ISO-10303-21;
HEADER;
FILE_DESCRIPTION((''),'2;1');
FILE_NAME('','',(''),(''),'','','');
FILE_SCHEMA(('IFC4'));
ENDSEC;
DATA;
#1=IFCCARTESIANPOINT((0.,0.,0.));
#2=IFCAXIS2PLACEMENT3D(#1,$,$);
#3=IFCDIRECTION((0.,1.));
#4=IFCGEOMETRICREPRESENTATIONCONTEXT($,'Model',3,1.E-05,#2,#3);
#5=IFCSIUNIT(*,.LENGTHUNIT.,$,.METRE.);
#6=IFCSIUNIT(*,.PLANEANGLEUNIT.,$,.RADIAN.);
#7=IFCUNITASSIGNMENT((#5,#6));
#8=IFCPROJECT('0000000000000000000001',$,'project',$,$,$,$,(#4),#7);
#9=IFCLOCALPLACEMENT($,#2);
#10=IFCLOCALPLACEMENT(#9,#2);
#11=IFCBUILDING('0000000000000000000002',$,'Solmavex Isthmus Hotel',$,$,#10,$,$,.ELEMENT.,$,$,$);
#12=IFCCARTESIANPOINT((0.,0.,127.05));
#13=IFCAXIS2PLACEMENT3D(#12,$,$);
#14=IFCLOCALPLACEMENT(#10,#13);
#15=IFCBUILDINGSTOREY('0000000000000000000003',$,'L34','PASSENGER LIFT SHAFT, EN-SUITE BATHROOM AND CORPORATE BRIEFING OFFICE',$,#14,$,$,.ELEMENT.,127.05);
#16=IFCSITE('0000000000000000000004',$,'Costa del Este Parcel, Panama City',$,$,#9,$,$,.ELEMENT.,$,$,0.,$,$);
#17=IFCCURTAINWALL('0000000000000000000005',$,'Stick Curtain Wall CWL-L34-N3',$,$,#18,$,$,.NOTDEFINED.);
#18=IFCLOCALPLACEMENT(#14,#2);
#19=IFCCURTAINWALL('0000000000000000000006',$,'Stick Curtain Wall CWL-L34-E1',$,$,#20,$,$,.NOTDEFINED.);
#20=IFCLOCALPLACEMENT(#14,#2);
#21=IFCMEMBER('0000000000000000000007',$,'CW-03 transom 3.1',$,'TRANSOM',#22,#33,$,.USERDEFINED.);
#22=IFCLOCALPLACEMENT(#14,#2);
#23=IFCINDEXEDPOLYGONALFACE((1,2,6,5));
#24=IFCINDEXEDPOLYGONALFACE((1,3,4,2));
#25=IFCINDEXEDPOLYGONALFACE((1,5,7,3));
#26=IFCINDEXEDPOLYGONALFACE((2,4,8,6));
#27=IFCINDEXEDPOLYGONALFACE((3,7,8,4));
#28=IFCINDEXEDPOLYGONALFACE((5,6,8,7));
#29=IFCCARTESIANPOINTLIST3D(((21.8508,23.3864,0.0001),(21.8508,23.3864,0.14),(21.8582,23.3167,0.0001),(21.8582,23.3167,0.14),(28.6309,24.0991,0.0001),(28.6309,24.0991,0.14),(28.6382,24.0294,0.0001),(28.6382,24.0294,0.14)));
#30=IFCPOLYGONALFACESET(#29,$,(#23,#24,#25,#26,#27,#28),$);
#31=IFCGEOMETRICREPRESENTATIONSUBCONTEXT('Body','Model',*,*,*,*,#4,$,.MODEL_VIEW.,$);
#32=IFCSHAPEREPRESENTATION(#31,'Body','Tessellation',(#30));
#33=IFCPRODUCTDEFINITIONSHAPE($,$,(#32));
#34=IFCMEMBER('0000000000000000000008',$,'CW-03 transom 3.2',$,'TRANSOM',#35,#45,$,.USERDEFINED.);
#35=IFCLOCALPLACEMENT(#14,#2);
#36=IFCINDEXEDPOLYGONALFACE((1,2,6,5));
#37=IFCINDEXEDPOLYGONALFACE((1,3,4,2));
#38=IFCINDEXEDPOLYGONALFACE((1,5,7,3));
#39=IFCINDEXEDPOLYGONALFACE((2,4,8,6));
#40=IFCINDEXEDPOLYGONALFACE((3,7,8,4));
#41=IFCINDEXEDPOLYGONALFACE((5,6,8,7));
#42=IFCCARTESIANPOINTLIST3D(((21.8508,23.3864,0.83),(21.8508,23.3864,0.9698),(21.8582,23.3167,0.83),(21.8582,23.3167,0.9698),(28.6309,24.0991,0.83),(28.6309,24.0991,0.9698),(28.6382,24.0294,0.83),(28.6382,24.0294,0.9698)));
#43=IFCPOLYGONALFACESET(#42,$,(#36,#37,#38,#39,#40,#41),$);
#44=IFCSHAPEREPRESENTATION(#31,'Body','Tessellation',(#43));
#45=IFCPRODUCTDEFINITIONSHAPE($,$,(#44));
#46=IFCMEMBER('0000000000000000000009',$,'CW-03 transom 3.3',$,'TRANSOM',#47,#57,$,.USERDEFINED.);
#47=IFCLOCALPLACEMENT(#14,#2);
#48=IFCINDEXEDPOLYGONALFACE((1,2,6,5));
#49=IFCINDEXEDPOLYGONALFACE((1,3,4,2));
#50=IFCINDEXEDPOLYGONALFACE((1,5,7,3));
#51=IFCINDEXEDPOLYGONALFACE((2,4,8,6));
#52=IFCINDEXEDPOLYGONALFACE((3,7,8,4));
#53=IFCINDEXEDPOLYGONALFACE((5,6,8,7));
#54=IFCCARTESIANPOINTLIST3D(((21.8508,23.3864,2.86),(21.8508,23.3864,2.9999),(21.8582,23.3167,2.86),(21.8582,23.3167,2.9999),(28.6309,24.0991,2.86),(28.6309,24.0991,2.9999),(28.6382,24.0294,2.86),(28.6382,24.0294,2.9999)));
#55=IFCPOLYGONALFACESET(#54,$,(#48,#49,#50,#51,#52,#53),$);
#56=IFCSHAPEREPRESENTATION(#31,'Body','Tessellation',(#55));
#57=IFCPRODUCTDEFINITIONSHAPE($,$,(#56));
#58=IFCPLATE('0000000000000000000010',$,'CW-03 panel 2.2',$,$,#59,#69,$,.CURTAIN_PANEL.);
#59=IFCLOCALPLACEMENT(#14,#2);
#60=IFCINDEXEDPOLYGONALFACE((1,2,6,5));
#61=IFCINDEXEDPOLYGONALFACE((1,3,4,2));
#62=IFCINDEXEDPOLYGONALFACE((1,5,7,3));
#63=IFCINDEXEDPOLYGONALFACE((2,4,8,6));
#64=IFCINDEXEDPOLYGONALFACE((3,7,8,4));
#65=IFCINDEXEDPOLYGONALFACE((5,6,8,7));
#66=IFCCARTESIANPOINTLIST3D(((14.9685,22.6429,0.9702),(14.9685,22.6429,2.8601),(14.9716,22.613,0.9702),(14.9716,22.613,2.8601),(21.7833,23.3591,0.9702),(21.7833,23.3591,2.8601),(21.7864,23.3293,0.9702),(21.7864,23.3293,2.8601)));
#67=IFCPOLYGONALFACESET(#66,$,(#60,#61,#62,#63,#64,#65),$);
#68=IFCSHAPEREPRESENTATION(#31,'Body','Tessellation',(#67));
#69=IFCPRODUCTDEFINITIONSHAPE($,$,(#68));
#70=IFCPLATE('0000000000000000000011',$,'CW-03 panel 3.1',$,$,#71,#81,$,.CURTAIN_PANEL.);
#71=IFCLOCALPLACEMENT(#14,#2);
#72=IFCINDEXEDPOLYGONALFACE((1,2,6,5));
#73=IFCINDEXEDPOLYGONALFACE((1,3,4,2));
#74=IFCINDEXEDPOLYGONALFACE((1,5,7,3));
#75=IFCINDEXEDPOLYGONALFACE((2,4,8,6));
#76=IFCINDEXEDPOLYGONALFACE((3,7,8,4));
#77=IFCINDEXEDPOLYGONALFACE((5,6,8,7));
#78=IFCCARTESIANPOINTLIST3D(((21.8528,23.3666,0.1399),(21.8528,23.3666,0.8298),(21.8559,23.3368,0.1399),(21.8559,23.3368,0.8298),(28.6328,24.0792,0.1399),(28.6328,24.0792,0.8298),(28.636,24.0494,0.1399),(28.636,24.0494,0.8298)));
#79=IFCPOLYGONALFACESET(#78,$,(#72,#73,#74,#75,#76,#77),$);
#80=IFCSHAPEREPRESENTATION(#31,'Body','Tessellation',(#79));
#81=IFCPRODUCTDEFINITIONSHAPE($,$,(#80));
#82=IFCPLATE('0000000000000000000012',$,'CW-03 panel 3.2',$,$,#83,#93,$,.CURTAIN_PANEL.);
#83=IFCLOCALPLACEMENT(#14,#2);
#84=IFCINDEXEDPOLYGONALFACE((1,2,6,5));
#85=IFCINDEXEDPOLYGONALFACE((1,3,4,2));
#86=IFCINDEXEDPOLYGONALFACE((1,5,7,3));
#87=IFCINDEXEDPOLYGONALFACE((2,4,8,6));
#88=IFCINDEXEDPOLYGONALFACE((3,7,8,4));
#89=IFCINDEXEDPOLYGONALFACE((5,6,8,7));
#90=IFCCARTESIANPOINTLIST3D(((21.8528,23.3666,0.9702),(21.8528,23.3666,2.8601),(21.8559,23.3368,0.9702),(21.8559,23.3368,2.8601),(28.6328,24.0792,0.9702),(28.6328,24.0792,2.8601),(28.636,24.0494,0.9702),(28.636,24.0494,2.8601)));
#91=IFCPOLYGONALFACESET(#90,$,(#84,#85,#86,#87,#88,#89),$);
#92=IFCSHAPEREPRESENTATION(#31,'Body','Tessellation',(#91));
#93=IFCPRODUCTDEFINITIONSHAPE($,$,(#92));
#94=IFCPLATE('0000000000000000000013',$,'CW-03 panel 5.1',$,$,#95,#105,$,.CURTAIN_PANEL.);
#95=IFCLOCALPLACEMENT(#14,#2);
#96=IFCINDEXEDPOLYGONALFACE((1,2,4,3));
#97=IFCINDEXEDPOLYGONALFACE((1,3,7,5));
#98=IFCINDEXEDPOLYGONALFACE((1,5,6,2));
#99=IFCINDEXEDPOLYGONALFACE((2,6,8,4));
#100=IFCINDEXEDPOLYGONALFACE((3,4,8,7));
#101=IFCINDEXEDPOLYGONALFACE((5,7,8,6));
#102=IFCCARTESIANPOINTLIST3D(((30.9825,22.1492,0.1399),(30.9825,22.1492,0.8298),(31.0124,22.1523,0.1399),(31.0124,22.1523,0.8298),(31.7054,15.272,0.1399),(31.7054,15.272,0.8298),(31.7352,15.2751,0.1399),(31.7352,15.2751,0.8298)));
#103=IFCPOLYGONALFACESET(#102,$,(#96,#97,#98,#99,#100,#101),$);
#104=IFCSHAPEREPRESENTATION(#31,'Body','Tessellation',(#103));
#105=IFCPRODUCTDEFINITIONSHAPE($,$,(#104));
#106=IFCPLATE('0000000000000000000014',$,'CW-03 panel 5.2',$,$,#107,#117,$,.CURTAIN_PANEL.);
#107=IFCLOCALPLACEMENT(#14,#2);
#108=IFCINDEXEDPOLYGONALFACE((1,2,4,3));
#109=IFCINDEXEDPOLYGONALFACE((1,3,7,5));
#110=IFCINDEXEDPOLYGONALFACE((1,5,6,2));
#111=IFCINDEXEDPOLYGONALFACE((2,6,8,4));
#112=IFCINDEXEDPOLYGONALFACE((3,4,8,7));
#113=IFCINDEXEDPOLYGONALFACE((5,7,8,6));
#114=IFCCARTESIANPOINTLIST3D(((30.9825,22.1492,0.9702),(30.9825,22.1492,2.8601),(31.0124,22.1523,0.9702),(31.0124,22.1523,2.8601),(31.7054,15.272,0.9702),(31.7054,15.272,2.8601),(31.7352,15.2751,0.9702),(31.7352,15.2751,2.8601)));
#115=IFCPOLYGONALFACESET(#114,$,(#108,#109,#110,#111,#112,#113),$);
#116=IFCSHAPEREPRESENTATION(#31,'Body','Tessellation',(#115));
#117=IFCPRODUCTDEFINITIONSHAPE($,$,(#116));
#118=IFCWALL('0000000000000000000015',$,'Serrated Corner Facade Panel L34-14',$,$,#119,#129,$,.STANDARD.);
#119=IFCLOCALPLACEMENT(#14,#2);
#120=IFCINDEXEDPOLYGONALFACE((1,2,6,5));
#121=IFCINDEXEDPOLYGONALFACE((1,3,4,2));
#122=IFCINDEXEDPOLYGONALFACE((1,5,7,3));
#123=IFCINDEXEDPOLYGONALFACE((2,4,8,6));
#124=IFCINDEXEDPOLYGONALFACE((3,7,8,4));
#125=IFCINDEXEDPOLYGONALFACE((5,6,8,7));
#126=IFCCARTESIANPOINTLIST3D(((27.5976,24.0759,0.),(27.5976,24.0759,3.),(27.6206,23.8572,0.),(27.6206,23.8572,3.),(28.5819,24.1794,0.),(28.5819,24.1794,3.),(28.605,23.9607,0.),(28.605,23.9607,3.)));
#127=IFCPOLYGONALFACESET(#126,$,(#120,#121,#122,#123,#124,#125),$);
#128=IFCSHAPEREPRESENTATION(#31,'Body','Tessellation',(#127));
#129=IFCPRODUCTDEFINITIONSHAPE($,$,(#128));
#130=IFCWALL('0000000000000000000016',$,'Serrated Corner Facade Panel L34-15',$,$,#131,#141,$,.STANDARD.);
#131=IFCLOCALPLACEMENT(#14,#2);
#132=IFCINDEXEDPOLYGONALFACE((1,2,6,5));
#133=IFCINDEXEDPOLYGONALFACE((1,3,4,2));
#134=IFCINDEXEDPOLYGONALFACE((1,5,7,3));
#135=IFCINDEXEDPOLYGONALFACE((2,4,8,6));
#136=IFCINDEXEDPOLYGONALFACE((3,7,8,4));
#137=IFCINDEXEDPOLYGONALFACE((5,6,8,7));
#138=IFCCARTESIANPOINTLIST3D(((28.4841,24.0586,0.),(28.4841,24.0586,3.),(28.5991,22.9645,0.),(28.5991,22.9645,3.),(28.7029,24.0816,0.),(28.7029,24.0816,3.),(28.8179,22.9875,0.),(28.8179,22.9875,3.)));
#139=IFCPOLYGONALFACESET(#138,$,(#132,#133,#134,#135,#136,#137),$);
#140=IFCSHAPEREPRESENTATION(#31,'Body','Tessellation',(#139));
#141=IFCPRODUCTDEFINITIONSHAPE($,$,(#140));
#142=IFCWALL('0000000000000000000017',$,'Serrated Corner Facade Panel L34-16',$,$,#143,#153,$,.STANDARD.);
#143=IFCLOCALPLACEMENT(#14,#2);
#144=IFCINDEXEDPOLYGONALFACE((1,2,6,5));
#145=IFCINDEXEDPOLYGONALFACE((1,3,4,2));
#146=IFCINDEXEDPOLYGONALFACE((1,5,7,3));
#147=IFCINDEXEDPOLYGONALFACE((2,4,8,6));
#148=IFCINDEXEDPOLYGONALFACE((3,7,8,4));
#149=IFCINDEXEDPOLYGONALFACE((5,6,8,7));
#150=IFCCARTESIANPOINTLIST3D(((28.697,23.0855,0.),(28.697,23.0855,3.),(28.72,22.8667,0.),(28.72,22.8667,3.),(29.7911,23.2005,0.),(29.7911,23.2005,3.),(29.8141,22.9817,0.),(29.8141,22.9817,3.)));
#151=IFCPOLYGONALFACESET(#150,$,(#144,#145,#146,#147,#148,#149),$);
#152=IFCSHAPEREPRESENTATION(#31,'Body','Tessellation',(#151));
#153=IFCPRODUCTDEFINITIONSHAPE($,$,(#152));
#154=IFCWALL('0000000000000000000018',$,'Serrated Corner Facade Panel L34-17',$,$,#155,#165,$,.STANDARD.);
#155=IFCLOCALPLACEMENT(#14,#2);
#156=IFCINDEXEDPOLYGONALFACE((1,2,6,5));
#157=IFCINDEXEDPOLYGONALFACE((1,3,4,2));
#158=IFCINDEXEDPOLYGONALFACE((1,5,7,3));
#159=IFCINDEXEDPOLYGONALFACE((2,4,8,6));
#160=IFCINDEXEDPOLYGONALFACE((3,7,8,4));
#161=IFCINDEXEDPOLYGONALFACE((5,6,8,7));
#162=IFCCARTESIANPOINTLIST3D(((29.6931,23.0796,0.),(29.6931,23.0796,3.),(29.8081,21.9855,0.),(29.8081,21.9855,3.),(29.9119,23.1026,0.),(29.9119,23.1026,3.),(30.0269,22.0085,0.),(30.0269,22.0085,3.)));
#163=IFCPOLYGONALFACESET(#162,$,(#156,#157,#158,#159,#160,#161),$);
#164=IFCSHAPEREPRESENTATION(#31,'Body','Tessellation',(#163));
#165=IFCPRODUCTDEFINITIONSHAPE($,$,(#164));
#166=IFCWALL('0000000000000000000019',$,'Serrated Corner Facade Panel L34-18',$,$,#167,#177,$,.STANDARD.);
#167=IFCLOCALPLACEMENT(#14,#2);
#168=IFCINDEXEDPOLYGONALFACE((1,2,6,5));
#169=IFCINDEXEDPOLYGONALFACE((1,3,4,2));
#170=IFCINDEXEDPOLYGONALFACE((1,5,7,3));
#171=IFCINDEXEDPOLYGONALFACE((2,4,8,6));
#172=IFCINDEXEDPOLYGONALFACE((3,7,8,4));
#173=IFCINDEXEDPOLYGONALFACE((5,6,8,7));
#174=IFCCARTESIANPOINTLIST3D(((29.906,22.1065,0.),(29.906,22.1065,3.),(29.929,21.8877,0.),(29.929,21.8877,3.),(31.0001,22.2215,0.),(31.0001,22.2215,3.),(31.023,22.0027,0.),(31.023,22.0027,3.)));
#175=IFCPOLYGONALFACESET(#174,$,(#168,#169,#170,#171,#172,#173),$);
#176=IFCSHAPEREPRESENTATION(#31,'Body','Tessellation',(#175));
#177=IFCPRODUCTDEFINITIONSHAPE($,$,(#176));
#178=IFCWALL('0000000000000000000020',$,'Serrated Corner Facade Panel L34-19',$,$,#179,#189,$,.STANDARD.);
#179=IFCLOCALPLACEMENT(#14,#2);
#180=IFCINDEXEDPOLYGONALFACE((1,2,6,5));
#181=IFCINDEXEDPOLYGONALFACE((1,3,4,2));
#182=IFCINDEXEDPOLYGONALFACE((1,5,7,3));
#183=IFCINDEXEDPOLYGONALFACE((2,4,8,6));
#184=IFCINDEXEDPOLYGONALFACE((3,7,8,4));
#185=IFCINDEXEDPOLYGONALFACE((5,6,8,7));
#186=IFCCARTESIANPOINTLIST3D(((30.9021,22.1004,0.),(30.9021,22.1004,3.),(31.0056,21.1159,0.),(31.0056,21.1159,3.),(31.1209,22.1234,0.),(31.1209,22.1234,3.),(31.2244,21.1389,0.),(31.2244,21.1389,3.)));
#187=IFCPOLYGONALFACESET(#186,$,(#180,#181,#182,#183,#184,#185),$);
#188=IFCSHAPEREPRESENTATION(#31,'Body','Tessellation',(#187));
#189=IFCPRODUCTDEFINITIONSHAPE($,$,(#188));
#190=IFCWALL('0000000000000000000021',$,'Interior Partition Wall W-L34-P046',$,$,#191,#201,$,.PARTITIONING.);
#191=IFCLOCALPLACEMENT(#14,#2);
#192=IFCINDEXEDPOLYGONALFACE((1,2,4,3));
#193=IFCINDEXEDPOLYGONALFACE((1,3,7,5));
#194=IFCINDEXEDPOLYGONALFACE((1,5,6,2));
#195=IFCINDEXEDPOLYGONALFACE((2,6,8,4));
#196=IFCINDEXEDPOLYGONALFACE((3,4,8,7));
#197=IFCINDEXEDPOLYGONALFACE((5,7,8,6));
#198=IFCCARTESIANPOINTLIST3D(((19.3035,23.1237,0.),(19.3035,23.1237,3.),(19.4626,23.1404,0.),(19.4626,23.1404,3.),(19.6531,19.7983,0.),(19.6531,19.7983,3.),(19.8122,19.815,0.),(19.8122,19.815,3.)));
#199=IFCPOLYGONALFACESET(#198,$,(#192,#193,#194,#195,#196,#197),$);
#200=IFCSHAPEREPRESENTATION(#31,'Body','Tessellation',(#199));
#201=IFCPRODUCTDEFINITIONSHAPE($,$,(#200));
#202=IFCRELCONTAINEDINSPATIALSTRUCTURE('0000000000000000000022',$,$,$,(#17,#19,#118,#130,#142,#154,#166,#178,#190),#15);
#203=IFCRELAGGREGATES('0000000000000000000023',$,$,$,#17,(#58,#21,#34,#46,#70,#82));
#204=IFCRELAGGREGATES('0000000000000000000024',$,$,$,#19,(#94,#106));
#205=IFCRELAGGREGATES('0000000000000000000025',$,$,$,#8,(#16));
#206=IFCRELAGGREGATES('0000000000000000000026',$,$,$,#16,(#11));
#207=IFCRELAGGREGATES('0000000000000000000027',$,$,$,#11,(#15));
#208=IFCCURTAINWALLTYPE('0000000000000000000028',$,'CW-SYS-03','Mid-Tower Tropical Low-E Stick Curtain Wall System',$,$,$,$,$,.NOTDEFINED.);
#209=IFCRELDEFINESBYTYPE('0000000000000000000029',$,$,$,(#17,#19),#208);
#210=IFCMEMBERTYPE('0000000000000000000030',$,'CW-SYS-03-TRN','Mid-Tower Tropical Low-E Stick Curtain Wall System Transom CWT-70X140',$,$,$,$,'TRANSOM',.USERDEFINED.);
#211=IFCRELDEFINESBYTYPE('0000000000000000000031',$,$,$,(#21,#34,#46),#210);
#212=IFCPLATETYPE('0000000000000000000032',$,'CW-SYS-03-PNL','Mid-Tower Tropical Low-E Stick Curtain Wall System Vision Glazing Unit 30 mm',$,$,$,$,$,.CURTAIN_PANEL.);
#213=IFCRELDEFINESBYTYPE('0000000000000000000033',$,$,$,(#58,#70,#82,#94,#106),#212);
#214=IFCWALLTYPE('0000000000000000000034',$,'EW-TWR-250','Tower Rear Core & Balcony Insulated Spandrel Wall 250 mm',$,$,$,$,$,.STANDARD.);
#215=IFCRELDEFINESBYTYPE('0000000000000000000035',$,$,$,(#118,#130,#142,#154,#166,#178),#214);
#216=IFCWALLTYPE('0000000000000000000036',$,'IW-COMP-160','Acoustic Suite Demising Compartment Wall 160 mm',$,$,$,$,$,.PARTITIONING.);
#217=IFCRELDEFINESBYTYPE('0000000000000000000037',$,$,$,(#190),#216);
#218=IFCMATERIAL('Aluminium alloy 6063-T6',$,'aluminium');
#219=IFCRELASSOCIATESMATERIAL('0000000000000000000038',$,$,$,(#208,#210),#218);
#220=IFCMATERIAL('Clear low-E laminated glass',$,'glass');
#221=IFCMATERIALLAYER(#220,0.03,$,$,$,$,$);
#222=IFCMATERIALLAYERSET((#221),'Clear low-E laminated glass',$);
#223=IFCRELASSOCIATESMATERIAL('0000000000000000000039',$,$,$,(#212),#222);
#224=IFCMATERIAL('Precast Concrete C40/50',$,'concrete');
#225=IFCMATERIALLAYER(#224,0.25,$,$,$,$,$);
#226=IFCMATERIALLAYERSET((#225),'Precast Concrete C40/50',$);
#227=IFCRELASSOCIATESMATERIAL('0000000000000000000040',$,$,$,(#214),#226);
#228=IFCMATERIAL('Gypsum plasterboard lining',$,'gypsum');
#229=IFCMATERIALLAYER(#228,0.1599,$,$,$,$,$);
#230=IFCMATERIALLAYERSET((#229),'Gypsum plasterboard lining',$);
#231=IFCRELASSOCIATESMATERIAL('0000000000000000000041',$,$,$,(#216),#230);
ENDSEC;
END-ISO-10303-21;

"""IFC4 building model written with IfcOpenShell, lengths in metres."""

from ifc_helpers import new_model, si_unit, direction, frame, frame_2d, origin, origin_2d, place, context, subcontext, project, spatial, rectangle, extrude, material, layer, layer_set, material_profile, profile_set, type_object, element, aggregate, save


model = new_model("IFC4")

# Units and contexts
model_context = context("Model", 3, precision=1e-05, world=origin(), true_north=direction((0.0, 1.0)))
body_context = subcontext(model_context, "Body", "Model", "MODEL_VIEW")
ifc_project = project(units=[si_unit("LENGTHUNIT", "METRE"), si_unit("PLANEANGLEUNIT", "RADIAN")], contexts=[model_context])

# Site, building, storey
site_placement = place(None, origin())
site = spatial("IfcSite", under=ifc_project, at=site_placement, Name="Costa del Este Parcel, Panama City", CompositionType="ELEMENT", RefElevation=0.0)
building_placement = place(site_placement, origin())
building = spatial("IfcBuilding", under=site, at=building_placement, Name="Solmavex Isthmus Hotel", CompositionType="ELEMENT")
storey_placement = place(building_placement, frame((0.0, 0.0, 127.05)))
storey = spatial("IfcBuildingStorey", under=building, at=storey_placement, Name="L34", Description="PASSENGER LIFT SHAFT, EN-SUITE BATHROOM AND CORPORATE BRIEFING OFFICE", CompositionType="ELEMENT", Elevation=127.05)

# Curtain wall
ifc_material_1 = material(Name="Aluminium alloy 6063-T6", Category="aluminium")
curtain_wall_type = type_object("IfcCurtainWallType", Name="CW-SYS-03", Description="Mid-Tower Tropical Low-E Stick Curtain Wall System", PredefinedType="NOTDEFINED", material=ifc_material_1)
curtain_wall_1_placement = place(storey_placement, origin())
curtain_wall_1 = element("IfcCurtainWall", 1, at=curtain_wall_1_placement, inside=storey, type_object=curtain_wall_type, Name="Stick Curtain Wall CWL-L34-N3", PredefinedType="NOTDEFINED")

# Curtain wall
curtain_wall_2_placement = place(storey_placement, origin())
curtain_wall_2 = element("IfcCurtainWall", 2, at=curtain_wall_2_placement, inside=storey, type_object=curtain_wall_type, Name="Stick Curtain Wall CWL-L34-E1", PredefinedType="NOTDEFINED")

# Members
ifc_material_profile_1 = material_profile(ifc_material_1, rectangle(XDim=0.0701, YDim=0.1399, at=origin_2d()), Name="CWT-70X140")
ifc_profile_set_1 = profile_set([ifc_material_profile_1], Name="Aluminium alloy 6063-T6")
member_type_1 = type_object("IfcMemberType", Name="CW-SYS-03-TRN", Description="Mid-Tower Tropical Low-E Stick Curtain Wall System Transom CWT-70X140", ElementType="TRANSOM", PredefinedType="USERDEFINED", material=ifc_profile_set_1)
member_1_placement = place(storey_placement, frame((21.8545, 23.3516, 0.0701), z_axis=(0.994521, 0.104534, 0.0), x_axis=(-0.104534, 0.994521, 0.0)))
member_1 = element("IfcMember", 3, at=member_1_placement, type_object=member_type_1, Name="CW-03 transom 3.1", ObjectType="TRANSOM", PredefinedType="USERDEFINED", context=body_context, shape_type="SweptSolid", body=[
    extrude(rectangle(XDim=0.0701, YDim=0.1399, at=origin_2d()), origin(), (0.0, 0.0, 1.0), 6.8174),
])
member_2_placement = place(storey_placement, frame((21.8545, 23.3516, 0.8999), z_axis=(0.994521, 0.104534, 0.0), x_axis=(-0.104534, 0.994521, 0.0)))
member_2 = element("IfcMember", 4, at=member_2_placement, type_object=member_type_1, Name="CW-03 transom 3.2", ObjectType="TRANSOM", PredefinedType="USERDEFINED", context=body_context, shape_type="SweptSolid", body=[
    extrude(rectangle(XDim=0.0701, YDim=0.1399, at=origin_2d()), origin(), (0.0, 0.0, 1.0), 6.8174),
])
member_3_placement = place(storey_placement, frame((21.8545, 23.3516, 2.9299), z_axis=(0.994521, 0.104534, 0.0), x_axis=(-0.104534, 0.994521, 0.0)))
member_3 = element("IfcMember", 5, at=member_3_placement, type_object=member_type_1, Name="CW-03 transom 3.3", ObjectType="TRANSOM", PredefinedType="USERDEFINED", context=body_context, shape_type="SweptSolid", body=[
    extrude(rectangle(XDim=0.0701, YDim=0.1399, at=origin_2d()), origin(), (0.0, 0.0, 1.0), 6.8174),
])

# Plates
ifc_material_2 = material(Name="Clear low-E laminated glass", Category="glass")
ifc_layer_1 = layer(ifc_material_2, 0.03)
ifc_layer_set_1 = layer_set([ifc_layer_1], Name="Clear low-E laminated glass")
plate_type = type_object("IfcPlateType", Name="CW-SYS-03-PNL", Description="Mid-Tower Tropical Low-E Stick Curtain Wall System Vision Glazing Unit 30 mm", PredefinedType="CURTAIN_PANEL", material=ifc_layer_set_1)
plate_1_placement = place(storey_placement, frame((18.3774, 22.9861, 0.9702), z_axis=(0.0, 0.0, 1.0), x_axis=(0.994522, 0.104528, 0.0)))
plate_1 = element("IfcPlate", 6, at=plate_1_placement, type_object=plate_type, Name="CW-03 panel 2.2", PredefinedType="CURTAIN_PANEL", context=body_context, shape_type="SweptSolid", body=[
    extrude(rectangle(XDim=6.8523, YDim=0.03, at=origin_2d()), origin(), (0.0, 0.0, 1.0), 1.8899),
])
plate_2_placement = place(storey_placement, frame((25.2444, 23.708, 0.1399), z_axis=(0.0, 0.0, 1.0), x_axis=(0.994522, 0.104528, 0.0)))
plate_2 = element("IfcPlate", 7, at=plate_2_placement, type_object=plate_type, Name="CW-03 panel 3.1", PredefinedType="CURTAIN_PANEL", context=body_context, shape_type="SweptSolid", body=[
    extrude(rectangle(XDim=6.8174, YDim=0.03, at=origin_2d()), origin(), (0.0, 0.0, 1.0), 0.6899),
])
plate_3_placement = place(storey_placement, frame((25.2444, 23.708, 0.9702), z_axis=(0.0, 0.0, 1.0), x_axis=(0.994522, 0.104528, 0.0)))
plate_3 = element("IfcPlate", 8, at=plate_3_placement, type_object=plate_type, Name="CW-03 panel 3.2", PredefinedType="CURTAIN_PANEL", context=body_context, shape_type="SweptSolid", body=[
    extrude(rectangle(XDim=6.8174, YDim=0.03, at=origin_2d()), origin(), (0.0, 0.0, 1.0), 1.8899),
])
aggregate(curtain_wall_1, [plate_1, member_1, member_2, member_3, plate_2, plate_3])
plate_4_placement = place(storey_placement, frame((31.3589, 18.7122, 0.1399), z_axis=(0.0, 0.0, 1.0), x_axis=(-0.104528, 0.994522, 0.0)))
plate_4 = element("IfcPlate", 9, at=plate_4_placement, type_object=plate_type, Name="CW-03 panel 5.1", PredefinedType="CURTAIN_PANEL", context=body_context, shape_type="SweptSolid", body=[
    extrude(rectangle(XDim=6.915, YDim=0.03, at=origin_2d()), origin(), (0.0, 0.0, 1.0), 0.6899),
])
plate_5_placement = place(storey_placement, frame((31.3589, 18.7122, 0.9702), z_axis=(0.0, 0.0, 1.0), x_axis=(-0.104528, 0.994522, 0.0)))
plate_5 = element("IfcPlate", 10, at=plate_5_placement, type_object=plate_type, Name="CW-03 panel 5.2", PredefinedType="CURTAIN_PANEL", context=body_context, shape_type="SweptSolid", body=[
    extrude(rectangle(XDim=6.915, YDim=0.03, at=origin_2d()), origin(), (0.0, 0.0, 1.0), 1.8899),
])
aggregate(curtain_wall_2, [plate_4, plate_5])

# Walls
ifc_material_3 = material(Name="Precast Concrete C40/50", Category="concrete")
ifc_layer_2 = layer(ifc_material_3, 0.25)
ifc_layer_set_2 = layer_set([ifc_layer_2], Name="Precast Concrete C40/50")
wall_type_1 = type_object("IfcWallType", Name="EW-TWR-250", Description="Tower Rear Core & Balcony Insulated Spandrel Wall 250 mm", PredefinedType="STANDARD", material=ifc_layer_set_2)
wall_1_placement = place(storey_placement, frame((27.6091, 23.9666, 0.0), z_axis=(0.0, 0.0, 1.0), x_axis=(0.994516, 0.104582, 0.0)))
element("IfcWall", 11, at=wall_1_placement, inside=storey, type_object=wall_type_1, Name="Serrated Corner Facade Panel L34-14", PredefinedType="STANDARD", context=body_context, shape_type="SweptSolid", body=[
    extrude(rectangle(XDim=0.9897, YDim=0.22, at=frame_2d((0.4949, 0.0))), origin(), (0.0, 0.0, 1.0), 3.0),
])
for number, where, z_axis, x_axis, name in (
    (12, (28.5935, 24.0701, 0.0), (0.0, 0.0, 1.0), (0.104535, -0.994521, 0.0), "Serrated Corner Facade Panel L34-15"),
    (13, (28.7085, 22.9761, 0.0), (0.0, 0.0, 1.0), (0.994521, 0.104535, 0.0), "Serrated Corner Facade Panel L34-16"),
    (14, (29.8025, 23.0911, 0.0), (0.0, 0.0, 1.0), (0.104535, -0.994521, 0.0), "Serrated Corner Facade Panel L34-17"),
    (15, (29.9175, 21.9971, 0.0), (0.0, 0.0, 1.0), (0.994521, 0.104535, 0.0), "Serrated Corner Facade Panel L34-18"),
):
    element("IfcWall", number, at=place(storey_placement, frame(where, z_axis=z_axis, x_axis=x_axis)), inside=storey, type_object=wall_type_1, Name=name, PredefinedType="STANDARD", context=body_context, shape_type="SweptSolid", body=[
        extrude(rectangle(XDim=1.1001, YDim=0.22, at=frame_2d((0.55, 0.0))), origin(), (0.0, 0.0, 1.0), 3.0),
    ])
wall_2_placement = place(storey_placement, frame((31.0115, 22.1121, 0.0), z_axis=(0.0, 0.0, 1.0), x_axis=(0.104556, -0.994519, 0.0)))
element("IfcWall", 16, at=wall_2_placement, inside=storey, type_object=wall_type_1, Name="Serrated Corner Facade Panel L34-19", PredefinedType="STANDARD", context=body_context, shape_type="SweptSolid", body=[
    extrude(rectangle(XDim=0.99, YDim=0.22, at=frame_2d((0.4951, 0.0))), origin(), (0.0, 0.0, 1.0), 3.0),
])
ifc_material_4 = material(Name="Gypsum plasterboard lining", Category="gypsum")
ifc_layer_3 = layer(ifc_material_4, 0.1599)
ifc_layer_set_3 = layer_set([ifc_layer_3], Name="Gypsum plasterboard lining")
wall_type_2 = type_object("IfcWallType", Name="IW-COMP-160", Description="Acoustic Suite Demising Compartment Wall 160 mm", PredefinedType="PARTITIONING", material=ifc_layer_set_3)
wall_3_placement = place(storey_placement, frame((19.3831, 23.1321, 0.0), z_axis=(0.0, 0.0, 1.0), x_axis=(0.104556, -0.994519, 0.0)))
element("IfcWall", 17, at=wall_3_placement, inside=storey, type_object=wall_type_2, Name="Interior Partition Wall W-L34-P046", PredefinedType="PARTITIONING", context=body_context, shape_type="SweptSolid", body=[
    extrude(rectangle(XDim=3.3438, YDim=0.1599, at=frame_2d((1.6719, 0.0))), origin(), (0.0, 0.0, 1.0), 3.0),
])

save(model, "model.ifc")
